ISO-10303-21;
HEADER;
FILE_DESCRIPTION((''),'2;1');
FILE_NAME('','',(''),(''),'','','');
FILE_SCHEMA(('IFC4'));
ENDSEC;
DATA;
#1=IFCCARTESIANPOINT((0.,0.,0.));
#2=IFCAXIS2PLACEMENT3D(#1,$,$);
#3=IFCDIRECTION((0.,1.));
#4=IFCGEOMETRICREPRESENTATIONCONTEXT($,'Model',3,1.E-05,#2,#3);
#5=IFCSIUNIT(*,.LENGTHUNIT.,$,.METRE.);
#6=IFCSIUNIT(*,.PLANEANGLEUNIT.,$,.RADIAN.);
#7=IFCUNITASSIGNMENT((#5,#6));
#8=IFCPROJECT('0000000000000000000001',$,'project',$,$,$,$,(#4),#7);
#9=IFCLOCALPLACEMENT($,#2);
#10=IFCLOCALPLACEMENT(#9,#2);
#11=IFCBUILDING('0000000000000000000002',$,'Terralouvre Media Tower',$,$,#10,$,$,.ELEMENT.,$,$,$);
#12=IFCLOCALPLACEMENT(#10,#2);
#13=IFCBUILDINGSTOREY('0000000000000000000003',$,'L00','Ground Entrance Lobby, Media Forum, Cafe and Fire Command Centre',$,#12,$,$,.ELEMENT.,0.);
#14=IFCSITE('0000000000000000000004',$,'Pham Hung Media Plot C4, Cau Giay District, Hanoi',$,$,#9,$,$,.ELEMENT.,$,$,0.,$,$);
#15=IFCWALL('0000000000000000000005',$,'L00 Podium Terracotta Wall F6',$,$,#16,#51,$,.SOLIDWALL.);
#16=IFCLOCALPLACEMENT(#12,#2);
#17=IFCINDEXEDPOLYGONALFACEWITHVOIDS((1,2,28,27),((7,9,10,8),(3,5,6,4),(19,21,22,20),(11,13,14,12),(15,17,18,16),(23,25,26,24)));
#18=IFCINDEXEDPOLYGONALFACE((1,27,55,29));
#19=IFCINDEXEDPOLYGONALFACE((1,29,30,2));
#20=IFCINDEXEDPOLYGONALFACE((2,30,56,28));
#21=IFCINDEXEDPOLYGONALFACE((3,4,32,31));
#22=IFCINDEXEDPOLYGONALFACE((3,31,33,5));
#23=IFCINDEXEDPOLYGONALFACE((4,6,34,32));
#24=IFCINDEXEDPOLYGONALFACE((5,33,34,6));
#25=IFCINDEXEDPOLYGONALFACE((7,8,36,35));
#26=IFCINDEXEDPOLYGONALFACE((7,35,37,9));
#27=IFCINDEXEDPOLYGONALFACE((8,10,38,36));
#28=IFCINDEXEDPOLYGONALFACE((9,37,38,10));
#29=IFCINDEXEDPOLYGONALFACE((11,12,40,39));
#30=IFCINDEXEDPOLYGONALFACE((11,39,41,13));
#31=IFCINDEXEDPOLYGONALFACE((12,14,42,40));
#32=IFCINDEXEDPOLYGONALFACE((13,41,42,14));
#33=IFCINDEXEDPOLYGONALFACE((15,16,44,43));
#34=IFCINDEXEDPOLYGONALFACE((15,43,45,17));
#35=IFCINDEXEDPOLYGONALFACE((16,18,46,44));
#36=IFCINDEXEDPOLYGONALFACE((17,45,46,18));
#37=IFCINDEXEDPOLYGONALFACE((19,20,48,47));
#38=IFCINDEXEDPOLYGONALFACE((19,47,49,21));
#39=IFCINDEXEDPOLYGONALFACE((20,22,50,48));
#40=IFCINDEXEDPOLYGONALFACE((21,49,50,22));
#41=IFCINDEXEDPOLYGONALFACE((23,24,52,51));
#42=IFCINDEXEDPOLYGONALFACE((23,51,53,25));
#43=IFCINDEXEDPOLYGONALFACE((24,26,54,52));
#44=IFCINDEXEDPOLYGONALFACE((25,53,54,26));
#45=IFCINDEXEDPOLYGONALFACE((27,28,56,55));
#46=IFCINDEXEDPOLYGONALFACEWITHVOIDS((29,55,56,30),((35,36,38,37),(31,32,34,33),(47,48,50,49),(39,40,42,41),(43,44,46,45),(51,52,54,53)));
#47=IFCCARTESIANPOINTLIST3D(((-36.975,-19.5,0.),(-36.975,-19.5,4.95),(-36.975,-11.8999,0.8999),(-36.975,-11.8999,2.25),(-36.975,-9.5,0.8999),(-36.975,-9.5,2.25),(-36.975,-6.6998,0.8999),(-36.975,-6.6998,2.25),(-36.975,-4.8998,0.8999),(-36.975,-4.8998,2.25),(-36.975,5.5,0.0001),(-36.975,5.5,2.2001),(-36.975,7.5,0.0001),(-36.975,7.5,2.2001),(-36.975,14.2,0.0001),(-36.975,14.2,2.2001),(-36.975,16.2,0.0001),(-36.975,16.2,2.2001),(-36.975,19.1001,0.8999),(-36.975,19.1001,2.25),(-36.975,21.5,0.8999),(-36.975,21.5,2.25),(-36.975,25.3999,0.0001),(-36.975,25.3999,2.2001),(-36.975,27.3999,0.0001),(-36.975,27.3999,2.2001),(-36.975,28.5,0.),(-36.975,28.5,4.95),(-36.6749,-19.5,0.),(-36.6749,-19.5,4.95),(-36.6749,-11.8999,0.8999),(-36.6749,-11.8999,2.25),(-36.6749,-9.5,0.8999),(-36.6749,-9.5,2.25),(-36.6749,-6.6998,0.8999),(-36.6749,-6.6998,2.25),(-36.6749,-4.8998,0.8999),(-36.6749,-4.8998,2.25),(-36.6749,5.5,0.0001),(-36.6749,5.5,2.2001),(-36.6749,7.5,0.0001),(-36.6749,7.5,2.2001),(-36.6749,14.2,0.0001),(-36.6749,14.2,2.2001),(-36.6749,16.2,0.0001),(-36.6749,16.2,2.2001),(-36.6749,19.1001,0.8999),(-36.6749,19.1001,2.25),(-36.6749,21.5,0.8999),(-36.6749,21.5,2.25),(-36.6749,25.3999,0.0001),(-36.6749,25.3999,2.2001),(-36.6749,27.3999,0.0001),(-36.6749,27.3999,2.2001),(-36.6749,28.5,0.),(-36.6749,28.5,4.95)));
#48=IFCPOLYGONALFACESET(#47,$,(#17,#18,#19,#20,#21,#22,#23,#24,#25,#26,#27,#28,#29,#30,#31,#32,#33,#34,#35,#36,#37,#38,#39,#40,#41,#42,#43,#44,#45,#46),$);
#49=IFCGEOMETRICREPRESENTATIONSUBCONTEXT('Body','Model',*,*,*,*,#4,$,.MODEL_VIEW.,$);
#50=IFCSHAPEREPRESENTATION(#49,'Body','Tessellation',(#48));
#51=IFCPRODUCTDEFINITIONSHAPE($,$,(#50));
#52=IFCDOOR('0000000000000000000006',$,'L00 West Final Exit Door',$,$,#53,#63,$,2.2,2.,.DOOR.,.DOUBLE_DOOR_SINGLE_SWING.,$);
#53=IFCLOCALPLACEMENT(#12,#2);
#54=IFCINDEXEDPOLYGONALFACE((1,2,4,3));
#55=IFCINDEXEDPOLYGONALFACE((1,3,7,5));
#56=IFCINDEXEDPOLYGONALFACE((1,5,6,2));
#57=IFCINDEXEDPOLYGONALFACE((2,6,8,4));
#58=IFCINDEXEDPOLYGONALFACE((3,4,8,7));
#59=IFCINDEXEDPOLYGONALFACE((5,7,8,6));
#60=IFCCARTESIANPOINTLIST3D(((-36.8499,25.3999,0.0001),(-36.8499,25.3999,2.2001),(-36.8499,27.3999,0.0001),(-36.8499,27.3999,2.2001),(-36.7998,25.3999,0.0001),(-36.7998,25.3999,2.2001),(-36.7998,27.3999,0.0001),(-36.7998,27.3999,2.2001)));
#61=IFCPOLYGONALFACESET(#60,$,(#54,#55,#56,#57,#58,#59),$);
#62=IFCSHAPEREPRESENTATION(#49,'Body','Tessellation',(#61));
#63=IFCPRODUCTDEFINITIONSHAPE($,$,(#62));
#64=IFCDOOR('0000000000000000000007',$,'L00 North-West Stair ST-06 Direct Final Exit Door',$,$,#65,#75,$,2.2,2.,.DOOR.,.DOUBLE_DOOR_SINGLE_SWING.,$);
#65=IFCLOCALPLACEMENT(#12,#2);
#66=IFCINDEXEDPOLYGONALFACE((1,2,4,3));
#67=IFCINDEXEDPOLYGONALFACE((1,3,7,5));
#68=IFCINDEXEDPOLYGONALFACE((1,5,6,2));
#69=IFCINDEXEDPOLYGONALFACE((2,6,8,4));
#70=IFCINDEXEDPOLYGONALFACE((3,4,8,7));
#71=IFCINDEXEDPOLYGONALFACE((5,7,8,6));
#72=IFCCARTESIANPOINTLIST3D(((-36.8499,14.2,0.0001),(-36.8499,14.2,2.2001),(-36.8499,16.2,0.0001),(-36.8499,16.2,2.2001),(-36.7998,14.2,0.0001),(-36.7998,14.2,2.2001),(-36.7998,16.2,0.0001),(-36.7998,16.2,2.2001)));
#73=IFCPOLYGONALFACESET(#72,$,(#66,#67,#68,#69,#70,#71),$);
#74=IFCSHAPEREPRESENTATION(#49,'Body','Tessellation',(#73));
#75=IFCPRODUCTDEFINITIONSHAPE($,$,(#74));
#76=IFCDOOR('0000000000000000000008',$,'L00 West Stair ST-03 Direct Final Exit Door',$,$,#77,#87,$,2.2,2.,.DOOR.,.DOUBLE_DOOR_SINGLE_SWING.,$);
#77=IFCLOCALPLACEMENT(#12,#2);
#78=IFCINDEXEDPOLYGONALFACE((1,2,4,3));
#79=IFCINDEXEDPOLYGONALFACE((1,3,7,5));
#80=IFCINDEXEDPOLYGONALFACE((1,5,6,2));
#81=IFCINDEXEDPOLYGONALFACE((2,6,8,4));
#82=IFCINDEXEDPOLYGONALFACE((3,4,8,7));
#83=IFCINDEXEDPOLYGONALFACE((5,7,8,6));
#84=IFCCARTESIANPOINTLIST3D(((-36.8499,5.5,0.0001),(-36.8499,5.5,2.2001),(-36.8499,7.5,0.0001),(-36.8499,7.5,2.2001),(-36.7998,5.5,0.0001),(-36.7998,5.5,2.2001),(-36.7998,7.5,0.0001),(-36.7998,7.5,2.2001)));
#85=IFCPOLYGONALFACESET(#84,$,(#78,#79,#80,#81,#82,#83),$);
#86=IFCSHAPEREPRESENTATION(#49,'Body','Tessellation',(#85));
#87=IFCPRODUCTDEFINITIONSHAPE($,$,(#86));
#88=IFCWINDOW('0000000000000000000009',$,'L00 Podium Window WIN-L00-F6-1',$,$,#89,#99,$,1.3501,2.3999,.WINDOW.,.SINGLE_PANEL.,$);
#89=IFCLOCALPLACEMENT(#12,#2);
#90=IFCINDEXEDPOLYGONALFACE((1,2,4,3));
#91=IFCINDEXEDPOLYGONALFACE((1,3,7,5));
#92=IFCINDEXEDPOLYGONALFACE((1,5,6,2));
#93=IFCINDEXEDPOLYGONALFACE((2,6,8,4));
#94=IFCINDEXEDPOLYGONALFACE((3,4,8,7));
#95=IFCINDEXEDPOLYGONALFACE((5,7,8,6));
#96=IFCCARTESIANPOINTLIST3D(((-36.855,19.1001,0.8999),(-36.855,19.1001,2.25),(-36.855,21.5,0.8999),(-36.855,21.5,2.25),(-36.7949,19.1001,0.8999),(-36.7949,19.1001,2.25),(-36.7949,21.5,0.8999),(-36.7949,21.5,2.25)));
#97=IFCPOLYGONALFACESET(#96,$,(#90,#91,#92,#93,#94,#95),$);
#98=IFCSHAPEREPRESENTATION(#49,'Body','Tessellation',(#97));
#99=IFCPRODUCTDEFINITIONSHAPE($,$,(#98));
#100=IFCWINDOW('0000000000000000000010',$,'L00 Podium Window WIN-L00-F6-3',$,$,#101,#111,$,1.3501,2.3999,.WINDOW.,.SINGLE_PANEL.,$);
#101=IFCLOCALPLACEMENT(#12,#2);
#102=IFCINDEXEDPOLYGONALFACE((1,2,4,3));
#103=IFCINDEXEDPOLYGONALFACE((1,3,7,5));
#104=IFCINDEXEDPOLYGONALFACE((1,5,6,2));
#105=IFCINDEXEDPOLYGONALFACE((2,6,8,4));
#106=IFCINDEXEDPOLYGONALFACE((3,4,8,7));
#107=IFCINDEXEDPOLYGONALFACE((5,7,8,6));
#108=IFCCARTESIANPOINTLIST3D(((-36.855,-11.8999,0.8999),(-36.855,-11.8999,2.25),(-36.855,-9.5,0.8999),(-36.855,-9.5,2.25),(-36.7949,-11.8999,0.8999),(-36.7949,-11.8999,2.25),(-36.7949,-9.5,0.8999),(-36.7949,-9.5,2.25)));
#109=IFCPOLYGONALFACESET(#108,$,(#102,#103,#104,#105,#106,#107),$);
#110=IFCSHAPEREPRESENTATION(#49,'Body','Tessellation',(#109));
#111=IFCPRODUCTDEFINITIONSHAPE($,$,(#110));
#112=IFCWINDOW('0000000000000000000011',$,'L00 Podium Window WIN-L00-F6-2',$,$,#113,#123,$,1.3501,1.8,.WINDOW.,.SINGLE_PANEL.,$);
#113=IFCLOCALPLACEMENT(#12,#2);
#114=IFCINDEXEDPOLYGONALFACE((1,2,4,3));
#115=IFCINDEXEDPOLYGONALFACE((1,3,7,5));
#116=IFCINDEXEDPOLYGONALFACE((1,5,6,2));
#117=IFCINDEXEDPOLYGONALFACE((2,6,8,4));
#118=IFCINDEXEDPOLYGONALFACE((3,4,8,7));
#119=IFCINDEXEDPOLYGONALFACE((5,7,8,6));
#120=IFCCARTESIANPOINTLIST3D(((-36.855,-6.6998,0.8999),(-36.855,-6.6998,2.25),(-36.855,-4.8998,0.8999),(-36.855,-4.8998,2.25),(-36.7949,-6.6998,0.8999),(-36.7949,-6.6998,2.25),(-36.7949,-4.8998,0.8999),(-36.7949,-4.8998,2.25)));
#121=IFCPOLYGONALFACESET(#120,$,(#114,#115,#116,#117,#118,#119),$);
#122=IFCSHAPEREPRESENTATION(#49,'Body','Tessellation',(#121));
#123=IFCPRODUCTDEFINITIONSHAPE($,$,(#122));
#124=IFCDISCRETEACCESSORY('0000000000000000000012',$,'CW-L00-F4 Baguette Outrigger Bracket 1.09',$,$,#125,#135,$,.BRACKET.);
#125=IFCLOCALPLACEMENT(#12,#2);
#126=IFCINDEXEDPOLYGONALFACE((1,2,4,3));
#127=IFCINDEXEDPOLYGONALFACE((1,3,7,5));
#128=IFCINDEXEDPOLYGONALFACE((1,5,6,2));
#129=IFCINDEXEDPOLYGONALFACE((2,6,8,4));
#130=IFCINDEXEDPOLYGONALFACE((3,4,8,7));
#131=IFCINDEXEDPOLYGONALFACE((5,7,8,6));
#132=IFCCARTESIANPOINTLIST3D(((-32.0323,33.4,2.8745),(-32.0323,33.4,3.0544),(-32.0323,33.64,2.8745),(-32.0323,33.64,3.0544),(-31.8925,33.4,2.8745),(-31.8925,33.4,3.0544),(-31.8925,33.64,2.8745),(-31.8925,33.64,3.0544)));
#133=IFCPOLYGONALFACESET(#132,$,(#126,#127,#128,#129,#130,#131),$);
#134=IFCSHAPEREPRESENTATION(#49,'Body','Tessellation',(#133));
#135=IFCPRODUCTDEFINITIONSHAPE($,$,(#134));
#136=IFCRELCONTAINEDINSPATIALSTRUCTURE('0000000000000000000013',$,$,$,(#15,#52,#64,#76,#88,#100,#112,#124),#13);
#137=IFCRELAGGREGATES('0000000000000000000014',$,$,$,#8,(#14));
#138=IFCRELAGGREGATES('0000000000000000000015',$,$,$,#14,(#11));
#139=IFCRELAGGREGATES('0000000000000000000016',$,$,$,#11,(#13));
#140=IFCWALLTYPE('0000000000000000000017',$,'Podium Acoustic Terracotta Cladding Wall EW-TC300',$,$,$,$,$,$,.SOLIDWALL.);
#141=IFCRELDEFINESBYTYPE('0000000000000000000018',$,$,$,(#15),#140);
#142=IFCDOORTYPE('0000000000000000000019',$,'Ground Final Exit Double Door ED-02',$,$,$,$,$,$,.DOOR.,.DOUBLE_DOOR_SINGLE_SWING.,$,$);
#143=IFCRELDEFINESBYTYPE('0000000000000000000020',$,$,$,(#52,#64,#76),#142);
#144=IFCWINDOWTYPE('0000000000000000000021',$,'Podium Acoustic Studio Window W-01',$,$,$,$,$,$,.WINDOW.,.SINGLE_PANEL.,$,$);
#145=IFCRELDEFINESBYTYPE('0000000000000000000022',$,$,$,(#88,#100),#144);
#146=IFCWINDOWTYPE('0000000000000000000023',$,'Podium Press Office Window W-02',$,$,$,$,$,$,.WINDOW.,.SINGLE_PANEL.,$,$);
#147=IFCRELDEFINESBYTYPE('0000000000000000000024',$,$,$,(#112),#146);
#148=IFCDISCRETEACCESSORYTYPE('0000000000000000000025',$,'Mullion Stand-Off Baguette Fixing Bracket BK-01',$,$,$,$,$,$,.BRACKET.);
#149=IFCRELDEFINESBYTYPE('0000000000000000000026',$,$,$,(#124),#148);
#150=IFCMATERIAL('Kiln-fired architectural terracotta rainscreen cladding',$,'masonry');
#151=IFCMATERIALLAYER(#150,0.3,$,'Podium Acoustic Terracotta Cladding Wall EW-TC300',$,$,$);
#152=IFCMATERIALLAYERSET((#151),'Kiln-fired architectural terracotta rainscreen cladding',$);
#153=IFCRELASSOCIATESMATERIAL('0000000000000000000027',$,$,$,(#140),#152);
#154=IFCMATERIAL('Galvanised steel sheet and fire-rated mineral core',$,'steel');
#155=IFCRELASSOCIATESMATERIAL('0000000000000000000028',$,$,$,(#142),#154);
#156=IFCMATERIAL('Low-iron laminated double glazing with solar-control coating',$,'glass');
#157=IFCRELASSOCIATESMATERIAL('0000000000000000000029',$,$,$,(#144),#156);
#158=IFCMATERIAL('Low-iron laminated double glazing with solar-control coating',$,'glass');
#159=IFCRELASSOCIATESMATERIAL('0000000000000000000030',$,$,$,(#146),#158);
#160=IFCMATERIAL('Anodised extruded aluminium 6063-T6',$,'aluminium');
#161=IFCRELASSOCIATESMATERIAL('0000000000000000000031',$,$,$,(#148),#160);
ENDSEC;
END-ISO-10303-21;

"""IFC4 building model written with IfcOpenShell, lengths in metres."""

from ifc_helpers import new_model, si_unit, direction, frame, frame_2d, origin, origin_2d, place, context, subcontext, project, spatial, rectangle, extrude, material, layer, layer_set, type_object, element, fill, save


model = new_model("IFC4")

# Units and contexts
model_context = context("Model", 3, precision=1e-05, world=origin(), true_north=direction((0.0, 1.0)))
body_context = subcontext(model_context, "Body", "Model", "MODEL_VIEW")
ifc_project = project(units=[si_unit("LENGTHUNIT", "METRE"), si_unit("PLANEANGLEUNIT", "RADIAN")], contexts=[model_context])

# Site, building, storey
site_placement = place(None, origin())
site = spatial("IfcSite", under=ifc_project, at=site_placement, Name="Pham Hung Media Plot C4, Cau Giay District, Hanoi", CompositionType="ELEMENT", RefElevation=0.0)
building_placement = place(site_placement, origin())
building = spatial("IfcBuilding", under=site, at=building_placement, Name="Terralouvre Media Tower", CompositionType="ELEMENT")
storey_placement = place(building_placement, origin())
storey = spatial("IfcBuildingStorey", under=building, at=storey_placement, Name="L00", Description="Ground Entrance Lobby, Media Forum, Cafe and Fire Command Centre", CompositionType="ELEMENT", Elevation=0.0)

# Shared definitions
ifc_material_1 = material(Name="Kiln-fired architectural terracotta rainscreen cladding", Category="masonry")
ifc_layer_1 = layer(ifc_material_1, 0.3, Name="Podium Acoustic Terracotta Cladding Wall EW-TC300")
ifc_layer_set_1 = layer_set([ifc_layer_1], Name="Kiln-fired architectural terracotta rainscreen cladding")
wall_type_1 = type_object("IfcWallType", Name="Podium Acoustic Terracotta Cladding Wall EW-TC300", PredefinedType="SOLIDWALL", material=ifc_layer_set_1)

# Wall, openings, doors, windows
wall_1_placement = place(storey_placement, frame((-36.825, 28.5, 0.0), z_axis=(0.0, 0.0, 1.0), x_axis=(0.0, -1.0, 0.0)))
wall_1 = element("IfcWall", 1, at=wall_1_placement, inside=storey, type_object=wall_type_1, Name="L00 Podium Terracotta Wall F6", PredefinedType="SOLIDWALL", context=body_context, shape_type="SweptSolid", body=[
    extrude(rectangle(XDim=48.0, YDim=0.3, at=frame_2d((24.0, 0.0))), origin(), (0.0, 0.0, 1.0), 4.95),
])
opening_1_placement = place(wall_1_placement, frame((1.1001, 0.0, 0.0)))
opening_1 = element("IfcOpeningElement", 2, at=opening_1_placement, cuts=wall_1, PredefinedType="OPENING", context=body_context, shape_type="SweptSolid", body=[
    extrude(rectangle(XDim=2.0, YDim=2.2, at=frame_2d((1.0, 1.1001))), frame((0.0, 0.1599, 0.0), z_axis=(0.0, -1.0, 0.0), x_axis=(1.0, 0.0, 0.0)), (0.0, 0.0, 1.0), 0.3201),
])
opening_2_placement = place(wall_1_placement, frame((12.3, 0.0, 0.0)))
opening_2 = element("IfcOpeningElement", 3, at=opening_2_placement, cuts=wall_1, PredefinedType="OPENING", context=body_context, shape_type="SweptSolid", body=[
    extrude(rectangle(XDim=2.0, YDim=2.2, at=frame_2d((1.0, 1.1001))), frame((0.0, 0.1599, 0.0), z_axis=(0.0, -1.0, 0.0), x_axis=(1.0, 0.0, 0.0)), (0.0, 0.0, 1.0), 0.3201),
])
opening_3_placement = place(wall_1_placement, frame((21.0, 0.0, 0.0)))
opening_3 = element("IfcOpeningElement", 4, at=opening_3_placement, cuts=wall_1, PredefinedType="OPENING", context=body_context, shape_type="SweptSolid", body=[
    extrude(rectangle(XDim=2.0, YDim=2.2, at=frame_2d((1.0, 1.1001))), frame((0.0, 0.1599, 0.0), z_axis=(0.0, -1.0, 0.0), x_axis=(1.0, 0.0, 0.0)), (0.0, 0.0, 1.0), 0.3201),
])
opening_4_placement = place(wall_1_placement, frame((7.0, 0.0, 0.8999)))
opening_4 = element("IfcOpeningElement", 5, at=opening_4_placement, cuts=wall_1, PredefinedType="OPENING", context=body_context, shape_type="SweptSolid", body=[
    extrude(rectangle(XDim=2.3999, YDim=1.3501, at=frame_2d((1.2, 0.675))), frame((0.0, 0.1599, 0.0), z_axis=(0.0, -1.0, 0.0), x_axis=(1.0, 0.0, 0.0)), (0.0, 0.0, 1.0), 0.3201),
])
opening_5_placement = place(wall_1_placement, frame((33.3999, 0.0, 0.8999)))
opening_5 = element("IfcOpeningElement", 6, at=opening_5_placement, cuts=wall_1, PredefinedType="OPENING", context=body_context, shape_type="SweptSolid", body=[
    extrude(rectangle(XDim=1.8, YDim=1.3501, at=frame_2d((0.8999, 0.675))), frame((0.0, 0.1599, 0.0), z_axis=(0.0, -1.0, 0.0), x_axis=(1.0, 0.0, 0.0)), (0.0, 0.0, 1.0), 0.3201),
])
opening_6_placement = place(wall_1_placement, frame((38.0, 0.0, 0.8999)))
opening_6 = element("IfcOpeningElement", 7, at=opening_6_placement, cuts=wall_1, PredefinedType="OPENING", context=body_context, shape_type="SweptSolid", body=[
    extrude(rectangle(XDim=2.3999, YDim=1.3501, at=frame_2d((1.2, 0.675))), frame((0.0, 0.1599, 0.0), z_axis=(0.0, -1.0, 0.0), x_axis=(1.0, 0.0, 0.0)), (0.0, 0.0, 1.0), 0.3201),
])
ifc_material_2 = material(Name="Galvanised steel sheet and fire-rated mineral core", Category="steel")
door_type_1 = type_object("IfcDoorType", Name="Ground Final Exit Double Door ED-02", OperationType="DOUBLE_DOOR_SINGLE_SWING", PredefinedType="DOOR", material=ifc_material_2)
door_1_placement = place(opening_1_placement, frame((2.0, 0.0, 0.0), z_axis=(0.0, 0.0, 1.0), x_axis=(-1.0, 0.0, 0.0)))
door_1 = element("IfcDoor", 8, at=door_1_placement, inside=storey, type_object=door_type_1, Name="L00 West Final Exit Door", OperationType="DOUBLE_DOOR_SINGLE_SWING", OverallHeight=2.2, OverallWidth=2.0, PredefinedType="DOOR", context=body_context, shape_type="SweptSolid", body=[
    extrude(rectangle(XDim=2.0, YDim=2.2, at=frame_2d((1.0, 1.1001))), frame((0.0, 0.0249, 0.0), z_axis=(0.0, -1.0, 0.0), x_axis=(1.0, 0.0, 0.0)), (0.0, 0.0, 1.0), 0.05),
])
fill(opening_1, door_1)
door_2_placement = place(opening_2_placement, frame((2.0, 0.0, 0.0), z_axis=(0.0, 0.0, 1.0), x_axis=(-1.0, 0.0, 0.0)))
door_2 = element("IfcDoor", 9, at=door_2_placement, inside=storey, type_object=door_type_1, Name="L00 North-West Stair ST-06 Direct Final Exit Door", OperationType="DOUBLE_DOOR_SINGLE_SWING", OverallHeight=2.2, OverallWidth=2.0, PredefinedType="DOOR", context=body_context, shape_type="SweptSolid", body=[
    extrude(rectangle(XDim=2.0, YDim=2.2, at=frame_2d((1.0, 1.1001))), frame((0.0, 0.0249, 0.0), z_axis=(0.0, -1.0, 0.0), x_axis=(1.0, 0.0, 0.0)), (0.0, 0.0, 1.0), 0.05),
])
fill(opening_2, door_2)
door_3_placement = place(opening_3_placement, frame((2.0, 0.0, 0.0), z_axis=(0.0, 0.0, 1.0), x_axis=(-1.0, 0.0, 0.0)))
door_3 = element("IfcDoor", 10, at=door_3_placement, inside=storey, type_object=door_type_1, Name="L00 West Stair ST-03 Direct Final Exit Door", OperationType="DOUBLE_DOOR_SINGLE_SWING", OverallHeight=2.2, OverallWidth=2.0, PredefinedType="DOOR", context=body_context, shape_type="SweptSolid", body=[
    extrude(rectangle(XDim=2.0, YDim=2.2, at=frame_2d((1.0, 1.1001))), frame((0.0, 0.0249, 0.0), z_axis=(0.0, -1.0, 0.0), x_axis=(1.0, 0.0, 0.0)), (0.0, 0.0, 1.0), 0.05),
])
fill(opening_3, door_3)
ifc_material_3 = material(Name="Low-iron laminated double glazing with solar-control coating", Category="glass")
window_type_1 = type_object("IfcWindowType", Name="Podium Acoustic Studio Window W-01", PartitioningType="SINGLE_PANEL", PredefinedType="WINDOW", material=ifc_material_3)
window_1_placement = place(opening_4_placement, origin())
window_1 = element("IfcWindow", 11, at=window_1_placement, inside=storey, type_object=window_type_1, Name="L00 Podium Window WIN-L00-F6-1", OverallHeight=1.3501, OverallWidth=2.3999, PartitioningType="SINGLE_PANEL", PredefinedType="WINDOW", context=body_context, shape_type="SweptSolid", body=[
    extrude(rectangle(XDim=2.3999, YDim=1.3501, at=frame_2d((1.2, 0.675))), frame((0.0, 0.03, 0.0), z_axis=(0.0, -1.0, 0.0), x_axis=(1.0, 0.0, 0.0)), (0.0, 0.0, 1.0), 0.0601),
])
fill(opening_4, window_1)
window_2_placement = place(opening_6_placement, origin())
window_2 = element("IfcWindow", 12, at=window_2_placement, inside=storey, type_object=window_type_1, Name="L00 Podium Window WIN-L00-F6-3", OverallHeight=1.3501, OverallWidth=2.3999, PartitioningType="SINGLE_PANEL", PredefinedType="WINDOW", context=body_context, shape_type="SweptSolid", body=[
    extrude(rectangle(XDim=2.3999, YDim=1.3501, at=frame_2d((1.2, 0.675))), frame((0.0, 0.03, 0.0), z_axis=(0.0, -1.0, 0.0), x_axis=(1.0, 0.0, 0.0)), (0.0, 0.0, 1.0), 0.0601),
])
fill(opening_6, window_2)
ifc_material_4 = material(Name="Low-iron laminated double glazing with solar-control coating", Category="glass")
window_type_2 = type_object("IfcWindowType", Name="Podium Press Office Window W-02", PartitioningType="SINGLE_PANEL", PredefinedType="WINDOW", material=ifc_material_4)
window_3_placement = place(opening_5_placement, origin())
window_3 = element("IfcWindow", 13, at=window_3_placement, inside=storey, type_object=window_type_2, Name="L00 Podium Window WIN-L00-F6-2", OverallHeight=1.3501, OverallWidth=1.8, PartitioningType="SINGLE_PANEL", PredefinedType="WINDOW", context=body_context, shape_type="SweptSolid", body=[
    extrude(rectangle(XDim=1.8, YDim=1.3501, at=frame_2d((0.8999, 0.675))), frame((0.0, 0.03, 0.0), z_axis=(0.0, -1.0, 0.0), x_axis=(1.0, 0.0, 0.0)), (0.0, 0.0, 1.0), 0.0601),
])
fill(opening_5, window_3)

# Discrete accessory
ifc_material_5 = material(Name="Anodised extruded aluminium 6063-T6", Category="aluminium")
discrete_accessory_type = type_object("IfcDiscreteAccessoryType", Name="Mullion Stand-Off Baguette Fixing Bracket BK-01", PredefinedType="BRACKET", material=ifc_material_5)
discrete_accessory_placement = place(storey_placement, frame((-31.9624, 33.52, 2.8745), z_axis=(0.0, 0.0, 1.0), x_axis=(-1.0, 0.0, 0.0)))
element("IfcDiscreteAccessory", 14, at=discrete_accessory_placement, inside=storey, type_object=discrete_accessory_type, Name="CW-L00-F4 Baguette Outrigger Bracket 1.09", PredefinedType="BRACKET", context=body_context, shape_type="SweptSolid", body=[
    extrude(rectangle(XDim=0.1399, YDim=0.24, at=origin_2d()), origin(), (0.0, 0.0, 1.0), 0.1799),
])

save(model, "model.ifc")
